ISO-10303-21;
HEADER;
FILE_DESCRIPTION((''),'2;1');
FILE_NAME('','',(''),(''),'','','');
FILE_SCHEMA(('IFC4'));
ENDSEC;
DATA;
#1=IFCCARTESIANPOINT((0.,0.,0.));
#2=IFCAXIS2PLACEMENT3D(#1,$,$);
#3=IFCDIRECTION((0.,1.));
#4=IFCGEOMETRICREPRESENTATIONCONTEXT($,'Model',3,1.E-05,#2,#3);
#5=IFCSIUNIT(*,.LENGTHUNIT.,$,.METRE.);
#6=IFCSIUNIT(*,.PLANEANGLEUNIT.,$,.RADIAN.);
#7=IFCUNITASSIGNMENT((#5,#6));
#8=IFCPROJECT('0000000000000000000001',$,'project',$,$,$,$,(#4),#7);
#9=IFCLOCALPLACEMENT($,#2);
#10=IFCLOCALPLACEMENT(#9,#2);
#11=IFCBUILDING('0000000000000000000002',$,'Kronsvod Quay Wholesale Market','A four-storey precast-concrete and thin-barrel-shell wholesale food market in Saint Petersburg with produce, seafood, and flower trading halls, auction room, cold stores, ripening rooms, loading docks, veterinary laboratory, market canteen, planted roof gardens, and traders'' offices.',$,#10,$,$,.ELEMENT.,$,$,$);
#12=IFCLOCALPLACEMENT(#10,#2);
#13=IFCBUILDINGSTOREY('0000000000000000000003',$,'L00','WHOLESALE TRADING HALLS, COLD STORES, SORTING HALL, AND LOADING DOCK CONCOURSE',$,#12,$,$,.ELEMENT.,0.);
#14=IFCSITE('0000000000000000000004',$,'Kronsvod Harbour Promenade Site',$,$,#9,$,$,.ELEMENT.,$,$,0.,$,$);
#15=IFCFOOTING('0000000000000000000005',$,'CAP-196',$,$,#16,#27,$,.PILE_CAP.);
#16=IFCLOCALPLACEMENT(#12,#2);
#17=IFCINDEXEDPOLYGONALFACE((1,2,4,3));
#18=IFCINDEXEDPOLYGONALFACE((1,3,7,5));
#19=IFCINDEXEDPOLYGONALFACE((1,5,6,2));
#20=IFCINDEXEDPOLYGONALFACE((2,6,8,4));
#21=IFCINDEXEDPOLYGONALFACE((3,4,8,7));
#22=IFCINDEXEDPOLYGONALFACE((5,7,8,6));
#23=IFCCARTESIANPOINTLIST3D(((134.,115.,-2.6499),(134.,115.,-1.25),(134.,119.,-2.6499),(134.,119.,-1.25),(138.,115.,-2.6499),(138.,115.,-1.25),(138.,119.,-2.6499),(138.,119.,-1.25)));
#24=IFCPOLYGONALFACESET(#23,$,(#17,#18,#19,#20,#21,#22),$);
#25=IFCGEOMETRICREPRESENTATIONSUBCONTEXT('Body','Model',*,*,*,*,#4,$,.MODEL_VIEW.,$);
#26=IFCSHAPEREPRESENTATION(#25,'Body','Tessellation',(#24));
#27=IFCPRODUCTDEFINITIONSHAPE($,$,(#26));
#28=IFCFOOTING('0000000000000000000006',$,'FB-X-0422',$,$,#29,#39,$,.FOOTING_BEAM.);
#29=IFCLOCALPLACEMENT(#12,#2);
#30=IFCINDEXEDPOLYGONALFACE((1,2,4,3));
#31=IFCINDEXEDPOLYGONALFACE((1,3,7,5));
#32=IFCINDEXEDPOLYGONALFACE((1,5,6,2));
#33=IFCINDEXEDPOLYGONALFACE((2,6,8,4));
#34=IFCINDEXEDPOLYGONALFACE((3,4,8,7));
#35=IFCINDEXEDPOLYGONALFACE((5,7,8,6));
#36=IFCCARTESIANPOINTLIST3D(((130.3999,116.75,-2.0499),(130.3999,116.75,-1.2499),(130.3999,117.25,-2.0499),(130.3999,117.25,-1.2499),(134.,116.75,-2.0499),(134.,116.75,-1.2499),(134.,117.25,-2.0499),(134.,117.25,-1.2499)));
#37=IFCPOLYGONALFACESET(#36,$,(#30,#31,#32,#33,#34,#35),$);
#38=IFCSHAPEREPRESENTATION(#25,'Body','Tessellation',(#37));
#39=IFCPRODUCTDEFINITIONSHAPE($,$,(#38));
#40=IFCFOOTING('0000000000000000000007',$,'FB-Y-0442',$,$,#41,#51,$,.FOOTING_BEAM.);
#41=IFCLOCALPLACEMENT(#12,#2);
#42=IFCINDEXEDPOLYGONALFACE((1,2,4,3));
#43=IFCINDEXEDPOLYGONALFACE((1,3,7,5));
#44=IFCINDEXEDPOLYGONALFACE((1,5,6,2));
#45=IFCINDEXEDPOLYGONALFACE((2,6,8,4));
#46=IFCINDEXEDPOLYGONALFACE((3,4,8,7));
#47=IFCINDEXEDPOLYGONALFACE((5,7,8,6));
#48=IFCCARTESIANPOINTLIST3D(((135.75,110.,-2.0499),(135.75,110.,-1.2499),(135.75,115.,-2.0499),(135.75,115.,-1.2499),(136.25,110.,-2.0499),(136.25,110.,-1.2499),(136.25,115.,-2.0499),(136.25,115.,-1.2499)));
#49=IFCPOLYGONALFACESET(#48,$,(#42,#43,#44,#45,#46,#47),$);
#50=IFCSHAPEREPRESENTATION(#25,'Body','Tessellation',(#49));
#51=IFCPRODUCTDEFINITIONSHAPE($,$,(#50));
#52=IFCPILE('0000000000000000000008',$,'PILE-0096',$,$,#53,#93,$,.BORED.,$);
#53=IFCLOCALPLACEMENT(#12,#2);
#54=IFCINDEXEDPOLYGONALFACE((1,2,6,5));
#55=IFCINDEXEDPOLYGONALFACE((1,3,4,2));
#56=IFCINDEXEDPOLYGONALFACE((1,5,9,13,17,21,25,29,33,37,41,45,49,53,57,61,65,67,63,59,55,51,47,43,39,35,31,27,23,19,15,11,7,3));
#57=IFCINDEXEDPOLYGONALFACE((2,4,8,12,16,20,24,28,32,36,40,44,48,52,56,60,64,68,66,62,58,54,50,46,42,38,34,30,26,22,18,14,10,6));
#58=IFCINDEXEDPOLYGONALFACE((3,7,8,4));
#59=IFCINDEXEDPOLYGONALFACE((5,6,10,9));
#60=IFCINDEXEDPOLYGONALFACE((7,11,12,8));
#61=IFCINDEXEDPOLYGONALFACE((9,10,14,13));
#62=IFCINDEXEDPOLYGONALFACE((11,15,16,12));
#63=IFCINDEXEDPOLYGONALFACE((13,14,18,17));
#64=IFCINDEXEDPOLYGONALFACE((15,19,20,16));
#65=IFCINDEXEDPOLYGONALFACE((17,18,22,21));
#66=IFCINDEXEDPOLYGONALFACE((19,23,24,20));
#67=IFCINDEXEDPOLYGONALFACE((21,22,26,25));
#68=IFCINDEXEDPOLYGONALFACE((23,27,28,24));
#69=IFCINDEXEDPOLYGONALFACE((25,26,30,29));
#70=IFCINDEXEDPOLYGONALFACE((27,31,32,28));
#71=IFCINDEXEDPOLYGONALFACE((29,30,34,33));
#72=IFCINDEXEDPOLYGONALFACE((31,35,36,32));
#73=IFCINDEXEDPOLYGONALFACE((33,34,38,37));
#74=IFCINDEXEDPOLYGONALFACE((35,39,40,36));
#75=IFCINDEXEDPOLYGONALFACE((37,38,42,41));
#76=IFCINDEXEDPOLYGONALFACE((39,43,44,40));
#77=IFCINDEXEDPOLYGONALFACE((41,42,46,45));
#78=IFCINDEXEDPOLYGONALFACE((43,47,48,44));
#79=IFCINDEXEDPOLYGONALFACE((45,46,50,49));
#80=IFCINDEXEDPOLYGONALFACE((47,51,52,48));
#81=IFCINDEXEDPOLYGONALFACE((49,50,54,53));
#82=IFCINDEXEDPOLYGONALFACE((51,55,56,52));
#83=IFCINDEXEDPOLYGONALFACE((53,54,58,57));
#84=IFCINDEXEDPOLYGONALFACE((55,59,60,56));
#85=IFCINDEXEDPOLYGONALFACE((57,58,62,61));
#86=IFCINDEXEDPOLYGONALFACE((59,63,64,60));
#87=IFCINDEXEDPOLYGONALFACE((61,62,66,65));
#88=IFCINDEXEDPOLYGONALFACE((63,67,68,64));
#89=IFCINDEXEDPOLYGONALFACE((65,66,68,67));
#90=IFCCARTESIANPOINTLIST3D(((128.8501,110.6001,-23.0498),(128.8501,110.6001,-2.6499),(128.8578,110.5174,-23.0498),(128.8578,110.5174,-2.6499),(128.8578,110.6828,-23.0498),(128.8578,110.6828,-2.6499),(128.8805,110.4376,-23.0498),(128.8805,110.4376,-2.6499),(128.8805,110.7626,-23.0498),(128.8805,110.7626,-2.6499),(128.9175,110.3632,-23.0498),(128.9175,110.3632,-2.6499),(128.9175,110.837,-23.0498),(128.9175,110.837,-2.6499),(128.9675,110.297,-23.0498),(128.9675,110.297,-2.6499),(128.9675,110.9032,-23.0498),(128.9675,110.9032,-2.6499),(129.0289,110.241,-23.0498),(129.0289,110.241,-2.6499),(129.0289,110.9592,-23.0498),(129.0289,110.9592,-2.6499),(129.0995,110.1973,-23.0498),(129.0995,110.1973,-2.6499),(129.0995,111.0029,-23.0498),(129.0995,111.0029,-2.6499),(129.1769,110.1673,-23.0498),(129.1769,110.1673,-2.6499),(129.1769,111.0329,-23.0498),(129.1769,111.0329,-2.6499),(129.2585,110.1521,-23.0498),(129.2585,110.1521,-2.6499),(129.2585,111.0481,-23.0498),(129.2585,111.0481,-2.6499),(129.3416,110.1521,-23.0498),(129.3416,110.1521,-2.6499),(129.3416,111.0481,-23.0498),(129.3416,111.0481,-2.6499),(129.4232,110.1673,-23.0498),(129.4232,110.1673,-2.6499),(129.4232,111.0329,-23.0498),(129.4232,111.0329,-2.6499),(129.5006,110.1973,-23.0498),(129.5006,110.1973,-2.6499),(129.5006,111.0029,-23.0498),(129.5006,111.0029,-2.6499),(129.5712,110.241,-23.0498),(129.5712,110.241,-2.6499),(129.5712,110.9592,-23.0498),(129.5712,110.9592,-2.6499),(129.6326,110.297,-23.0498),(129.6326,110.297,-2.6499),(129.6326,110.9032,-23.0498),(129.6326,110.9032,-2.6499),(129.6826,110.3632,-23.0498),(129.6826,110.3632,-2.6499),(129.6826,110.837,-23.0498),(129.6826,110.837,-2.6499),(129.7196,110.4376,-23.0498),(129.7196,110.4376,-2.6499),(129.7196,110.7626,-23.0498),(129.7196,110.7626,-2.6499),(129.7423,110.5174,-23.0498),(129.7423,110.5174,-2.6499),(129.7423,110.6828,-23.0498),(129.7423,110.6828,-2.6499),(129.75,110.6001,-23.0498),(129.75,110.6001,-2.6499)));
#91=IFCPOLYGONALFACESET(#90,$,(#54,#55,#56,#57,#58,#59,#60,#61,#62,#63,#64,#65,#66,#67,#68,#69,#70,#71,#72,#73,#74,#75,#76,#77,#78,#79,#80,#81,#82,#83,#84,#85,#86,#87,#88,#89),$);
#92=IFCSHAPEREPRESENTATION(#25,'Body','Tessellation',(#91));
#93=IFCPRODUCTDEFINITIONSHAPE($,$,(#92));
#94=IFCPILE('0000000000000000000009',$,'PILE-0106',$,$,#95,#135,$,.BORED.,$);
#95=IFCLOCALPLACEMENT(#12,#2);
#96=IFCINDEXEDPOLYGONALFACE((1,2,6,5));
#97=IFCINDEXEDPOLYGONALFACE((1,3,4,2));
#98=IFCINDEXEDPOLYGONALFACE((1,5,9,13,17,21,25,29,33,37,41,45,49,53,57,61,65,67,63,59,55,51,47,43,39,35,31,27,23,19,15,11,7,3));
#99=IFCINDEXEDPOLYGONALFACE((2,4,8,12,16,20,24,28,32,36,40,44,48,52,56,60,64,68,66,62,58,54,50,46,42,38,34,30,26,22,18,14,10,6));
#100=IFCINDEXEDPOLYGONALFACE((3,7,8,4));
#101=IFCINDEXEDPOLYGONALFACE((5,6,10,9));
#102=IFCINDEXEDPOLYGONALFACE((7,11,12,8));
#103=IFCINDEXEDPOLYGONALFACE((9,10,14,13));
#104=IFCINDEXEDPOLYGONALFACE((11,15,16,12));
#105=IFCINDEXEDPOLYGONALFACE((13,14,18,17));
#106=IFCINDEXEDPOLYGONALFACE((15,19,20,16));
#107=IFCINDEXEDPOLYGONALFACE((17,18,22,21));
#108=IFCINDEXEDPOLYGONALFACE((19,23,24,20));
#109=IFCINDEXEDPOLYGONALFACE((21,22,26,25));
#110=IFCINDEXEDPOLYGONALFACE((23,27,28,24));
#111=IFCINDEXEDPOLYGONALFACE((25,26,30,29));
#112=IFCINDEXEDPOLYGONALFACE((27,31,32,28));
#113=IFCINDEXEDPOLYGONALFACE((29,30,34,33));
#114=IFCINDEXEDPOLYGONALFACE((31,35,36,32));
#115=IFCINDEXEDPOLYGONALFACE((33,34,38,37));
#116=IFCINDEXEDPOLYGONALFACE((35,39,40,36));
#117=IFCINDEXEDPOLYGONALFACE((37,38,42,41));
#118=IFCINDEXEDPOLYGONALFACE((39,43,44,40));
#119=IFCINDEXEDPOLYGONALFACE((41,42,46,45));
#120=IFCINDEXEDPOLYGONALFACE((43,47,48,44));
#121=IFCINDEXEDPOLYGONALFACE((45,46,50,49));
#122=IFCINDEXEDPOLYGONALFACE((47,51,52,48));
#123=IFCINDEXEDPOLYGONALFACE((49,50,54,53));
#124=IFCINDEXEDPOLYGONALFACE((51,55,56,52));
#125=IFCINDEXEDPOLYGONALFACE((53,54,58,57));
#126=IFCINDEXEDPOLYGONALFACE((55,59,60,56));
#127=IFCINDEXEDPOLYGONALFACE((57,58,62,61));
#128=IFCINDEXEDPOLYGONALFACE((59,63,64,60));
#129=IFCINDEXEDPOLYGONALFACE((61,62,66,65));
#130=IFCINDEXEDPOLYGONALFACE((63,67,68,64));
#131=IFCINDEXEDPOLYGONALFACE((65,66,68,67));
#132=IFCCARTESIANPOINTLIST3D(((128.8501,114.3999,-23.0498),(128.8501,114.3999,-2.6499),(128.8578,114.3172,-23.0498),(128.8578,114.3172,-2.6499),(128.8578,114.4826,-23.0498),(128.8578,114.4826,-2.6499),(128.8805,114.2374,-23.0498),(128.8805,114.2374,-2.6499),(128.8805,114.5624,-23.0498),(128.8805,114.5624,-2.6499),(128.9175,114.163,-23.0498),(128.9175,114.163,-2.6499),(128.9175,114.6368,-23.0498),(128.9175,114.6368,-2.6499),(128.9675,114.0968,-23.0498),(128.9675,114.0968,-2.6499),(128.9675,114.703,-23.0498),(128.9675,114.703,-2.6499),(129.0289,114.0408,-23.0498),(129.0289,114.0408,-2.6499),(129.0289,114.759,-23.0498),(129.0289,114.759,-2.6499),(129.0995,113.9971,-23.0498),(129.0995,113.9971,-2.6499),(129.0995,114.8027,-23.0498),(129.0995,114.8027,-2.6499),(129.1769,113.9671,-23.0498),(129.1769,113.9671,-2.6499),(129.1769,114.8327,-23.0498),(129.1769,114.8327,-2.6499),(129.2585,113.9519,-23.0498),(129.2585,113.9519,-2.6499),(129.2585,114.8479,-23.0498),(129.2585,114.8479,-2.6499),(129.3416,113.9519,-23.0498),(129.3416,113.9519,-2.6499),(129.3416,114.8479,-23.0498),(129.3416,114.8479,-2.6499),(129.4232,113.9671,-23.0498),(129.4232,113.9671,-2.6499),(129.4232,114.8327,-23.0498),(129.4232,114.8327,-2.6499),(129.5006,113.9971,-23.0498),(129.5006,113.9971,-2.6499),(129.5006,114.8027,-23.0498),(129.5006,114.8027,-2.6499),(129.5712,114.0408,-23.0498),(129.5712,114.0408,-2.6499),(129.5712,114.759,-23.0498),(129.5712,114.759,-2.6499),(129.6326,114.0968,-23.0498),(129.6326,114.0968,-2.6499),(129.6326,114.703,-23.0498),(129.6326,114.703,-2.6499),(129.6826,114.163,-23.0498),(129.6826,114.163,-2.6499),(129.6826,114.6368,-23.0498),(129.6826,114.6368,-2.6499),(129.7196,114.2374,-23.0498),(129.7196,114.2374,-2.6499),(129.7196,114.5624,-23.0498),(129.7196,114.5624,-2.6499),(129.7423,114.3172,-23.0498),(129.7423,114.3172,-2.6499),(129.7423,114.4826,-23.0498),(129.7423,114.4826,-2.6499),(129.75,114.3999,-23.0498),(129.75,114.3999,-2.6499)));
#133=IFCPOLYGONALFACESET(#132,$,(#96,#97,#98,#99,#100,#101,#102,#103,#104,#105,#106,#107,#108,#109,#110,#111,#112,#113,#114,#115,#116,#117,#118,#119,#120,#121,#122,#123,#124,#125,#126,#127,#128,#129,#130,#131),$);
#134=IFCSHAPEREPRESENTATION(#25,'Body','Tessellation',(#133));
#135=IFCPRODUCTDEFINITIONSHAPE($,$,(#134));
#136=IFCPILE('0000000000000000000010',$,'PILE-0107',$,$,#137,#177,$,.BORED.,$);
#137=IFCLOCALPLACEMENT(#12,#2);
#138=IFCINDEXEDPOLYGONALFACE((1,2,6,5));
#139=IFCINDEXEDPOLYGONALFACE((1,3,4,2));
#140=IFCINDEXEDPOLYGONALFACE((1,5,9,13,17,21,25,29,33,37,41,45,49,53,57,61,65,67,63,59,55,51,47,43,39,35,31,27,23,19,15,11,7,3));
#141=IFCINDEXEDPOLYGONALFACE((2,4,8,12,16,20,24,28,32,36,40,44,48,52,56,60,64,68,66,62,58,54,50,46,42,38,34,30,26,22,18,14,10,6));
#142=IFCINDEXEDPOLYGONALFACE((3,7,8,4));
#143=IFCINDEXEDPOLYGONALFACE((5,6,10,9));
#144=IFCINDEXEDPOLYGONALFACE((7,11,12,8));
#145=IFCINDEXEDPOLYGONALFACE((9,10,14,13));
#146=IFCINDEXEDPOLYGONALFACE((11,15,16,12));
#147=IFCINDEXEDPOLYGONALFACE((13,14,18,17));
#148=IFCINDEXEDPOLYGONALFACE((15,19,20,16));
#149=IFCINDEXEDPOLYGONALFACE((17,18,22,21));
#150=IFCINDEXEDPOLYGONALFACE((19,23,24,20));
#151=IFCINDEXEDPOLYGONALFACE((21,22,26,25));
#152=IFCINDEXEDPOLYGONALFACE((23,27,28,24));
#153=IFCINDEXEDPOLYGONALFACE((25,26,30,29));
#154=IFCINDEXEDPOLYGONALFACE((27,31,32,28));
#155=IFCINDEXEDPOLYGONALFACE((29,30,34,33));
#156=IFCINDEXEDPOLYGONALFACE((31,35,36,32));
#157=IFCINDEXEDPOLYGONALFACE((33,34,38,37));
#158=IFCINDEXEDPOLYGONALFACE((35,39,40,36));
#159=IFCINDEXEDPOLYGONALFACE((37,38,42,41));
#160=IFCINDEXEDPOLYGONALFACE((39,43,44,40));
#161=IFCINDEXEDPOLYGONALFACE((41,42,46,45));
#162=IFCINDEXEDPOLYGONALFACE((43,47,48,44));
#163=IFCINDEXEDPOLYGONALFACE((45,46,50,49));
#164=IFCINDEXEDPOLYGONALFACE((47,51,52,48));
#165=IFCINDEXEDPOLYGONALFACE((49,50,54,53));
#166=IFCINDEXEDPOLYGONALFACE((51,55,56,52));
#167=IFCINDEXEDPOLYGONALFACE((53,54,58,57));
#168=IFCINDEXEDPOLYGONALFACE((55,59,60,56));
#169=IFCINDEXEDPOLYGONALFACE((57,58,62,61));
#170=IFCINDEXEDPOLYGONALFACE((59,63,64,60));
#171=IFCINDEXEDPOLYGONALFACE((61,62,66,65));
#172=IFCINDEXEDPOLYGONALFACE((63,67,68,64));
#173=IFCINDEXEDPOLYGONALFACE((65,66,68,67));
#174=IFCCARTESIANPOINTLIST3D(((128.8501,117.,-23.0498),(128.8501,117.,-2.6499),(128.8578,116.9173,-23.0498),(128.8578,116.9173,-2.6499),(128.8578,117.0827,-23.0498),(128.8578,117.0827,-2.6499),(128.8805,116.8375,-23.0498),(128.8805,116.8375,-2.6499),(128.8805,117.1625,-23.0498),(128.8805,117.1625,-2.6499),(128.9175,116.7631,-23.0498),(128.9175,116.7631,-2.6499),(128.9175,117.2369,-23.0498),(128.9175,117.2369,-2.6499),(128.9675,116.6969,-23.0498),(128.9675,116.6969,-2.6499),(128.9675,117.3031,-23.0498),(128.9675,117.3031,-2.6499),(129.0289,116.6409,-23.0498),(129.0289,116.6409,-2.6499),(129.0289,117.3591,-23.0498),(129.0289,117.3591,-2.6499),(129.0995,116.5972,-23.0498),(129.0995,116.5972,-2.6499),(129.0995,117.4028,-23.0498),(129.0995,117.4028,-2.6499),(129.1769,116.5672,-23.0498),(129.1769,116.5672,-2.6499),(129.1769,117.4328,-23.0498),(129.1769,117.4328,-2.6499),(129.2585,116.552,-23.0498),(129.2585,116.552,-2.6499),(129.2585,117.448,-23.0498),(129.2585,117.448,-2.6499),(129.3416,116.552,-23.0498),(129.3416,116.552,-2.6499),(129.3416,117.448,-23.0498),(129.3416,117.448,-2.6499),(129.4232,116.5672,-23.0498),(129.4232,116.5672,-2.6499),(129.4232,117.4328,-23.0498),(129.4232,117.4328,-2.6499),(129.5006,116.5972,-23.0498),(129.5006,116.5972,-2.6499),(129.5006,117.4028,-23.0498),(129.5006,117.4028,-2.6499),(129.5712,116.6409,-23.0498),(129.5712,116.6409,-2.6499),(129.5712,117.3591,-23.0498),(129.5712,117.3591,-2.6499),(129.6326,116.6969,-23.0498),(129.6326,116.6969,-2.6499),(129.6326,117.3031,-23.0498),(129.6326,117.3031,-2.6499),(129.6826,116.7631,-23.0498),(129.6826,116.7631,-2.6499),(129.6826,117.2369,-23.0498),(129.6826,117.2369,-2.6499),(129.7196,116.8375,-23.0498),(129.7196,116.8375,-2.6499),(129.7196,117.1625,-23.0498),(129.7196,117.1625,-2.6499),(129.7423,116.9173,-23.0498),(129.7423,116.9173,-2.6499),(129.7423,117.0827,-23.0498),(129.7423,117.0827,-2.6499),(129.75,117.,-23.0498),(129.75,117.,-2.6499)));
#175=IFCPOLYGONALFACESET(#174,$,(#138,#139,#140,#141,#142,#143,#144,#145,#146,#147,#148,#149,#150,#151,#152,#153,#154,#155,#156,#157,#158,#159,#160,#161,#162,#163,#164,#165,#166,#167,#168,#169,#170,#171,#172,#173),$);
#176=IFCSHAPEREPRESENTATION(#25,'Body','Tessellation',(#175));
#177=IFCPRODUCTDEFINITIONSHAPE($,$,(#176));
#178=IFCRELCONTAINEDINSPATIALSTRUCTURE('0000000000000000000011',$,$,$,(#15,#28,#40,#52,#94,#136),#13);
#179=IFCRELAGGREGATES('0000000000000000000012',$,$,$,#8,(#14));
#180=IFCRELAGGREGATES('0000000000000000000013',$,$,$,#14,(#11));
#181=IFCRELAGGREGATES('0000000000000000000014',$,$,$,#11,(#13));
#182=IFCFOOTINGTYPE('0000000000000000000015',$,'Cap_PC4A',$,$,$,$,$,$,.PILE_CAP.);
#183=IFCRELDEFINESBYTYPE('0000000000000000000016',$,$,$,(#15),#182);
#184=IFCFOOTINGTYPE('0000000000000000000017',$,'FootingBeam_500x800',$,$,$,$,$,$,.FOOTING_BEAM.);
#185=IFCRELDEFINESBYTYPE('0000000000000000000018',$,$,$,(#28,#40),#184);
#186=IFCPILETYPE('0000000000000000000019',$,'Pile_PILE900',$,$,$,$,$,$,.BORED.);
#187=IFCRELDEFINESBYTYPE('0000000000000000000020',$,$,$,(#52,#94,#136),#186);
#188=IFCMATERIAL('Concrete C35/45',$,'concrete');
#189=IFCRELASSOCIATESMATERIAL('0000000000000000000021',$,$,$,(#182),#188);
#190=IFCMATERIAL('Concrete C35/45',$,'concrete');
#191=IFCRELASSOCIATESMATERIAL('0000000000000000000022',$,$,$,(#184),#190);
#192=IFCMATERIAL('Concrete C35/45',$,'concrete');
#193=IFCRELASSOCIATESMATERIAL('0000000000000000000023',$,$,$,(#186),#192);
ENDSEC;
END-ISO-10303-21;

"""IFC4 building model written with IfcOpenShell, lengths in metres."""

from ifc_helpers import new_model, si_unit, direction, frame, origin, origin_2d, place, context, subcontext, project, spatial, rectangle, circle, extrude, material, material_profile, profile_set, type_object, element, save


model = new_model("IFC4")

# Units and contexts
model_context = context("Model", 3, precision=1e-05, world=origin(), true_north=direction((0.0, 1.0)))
body_context = subcontext(model_context, "Body", "Model", "MODEL_VIEW")
ifc_project = project(units=[si_unit("LENGTHUNIT", "METRE"), si_unit("PLANEANGLEUNIT", "RADIAN")], contexts=[model_context])

# Site, building, storey
site_placement = place(None, origin())
site = spatial("IfcSite", under=ifc_project, at=site_placement, Name="Kronsvod Harbour Promenade Site", CompositionType="ELEMENT", RefElevation=0.0)
building_placement = place(site_placement, origin())
building = spatial("IfcBuilding", under=site, at=building_placement, Name="Kronsvod Quay Wholesale Market", Description="A four-storey precast-concrete and thin-barrel-shell wholesale food market in Saint Petersburg with produce, seafood, and flower trading halls, auction room, cold stores, ripening rooms, loading docks, veterinary laboratory, market canteen, planted roof gardens, and traders' offices.", CompositionType="ELEMENT")
storey_placement = place(building_placement, origin())
storey = spatial("IfcBuildingStorey", under=building, at=storey_placement, Name="L00", Description="WHOLESALE TRADING HALLS, COLD STORES, SORTING HALL, AND LOADING DOCK CONCOURSE", CompositionType="ELEMENT", Elevation=0.0)

# Footings
ifc_material_1 = material(Name="Concrete C35/45", Category="concrete")
footing_type_1 = type_object("IfcFootingType", Name="Cap_PC4A", PredefinedType="PILE_CAP", material=ifc_material_1)
footing_1_placement = place(storey_placement, frame((136.0, 117.0, -2.6499), z_axis=(0.0, 0.0, 1.0), x_axis=(1.0, 0.0, 0.0)))
element("IfcFooting", 1, at=footing_1_placement, inside=storey, type_object=footing_type_1, Name="CAP-196", PredefinedType="PILE_CAP", context=body_context, shape_type="SweptSolid", body=[
    extrude(rectangle(XDim=4.0, YDim=4.0, at=origin_2d()), origin(), (0.0, 0.0, 1.0), 1.3999),
])
ifc_material_2 = material(Name="Concrete C35/45", Category="concrete")
ifc_material_profile_1 = material_profile(ifc_material_2, rectangle(XDim=0.5, YDim=0.8, at=origin_2d()), Name="FB-01")
ifc_profile_set_1 = profile_set([ifc_material_profile_1], Name="Concrete C35/45")
footing_type_2 = type_object("IfcFootingType", Name="FootingBeam_500x800", PredefinedType="FOOTING_BEAM", material=ifc_profile_set_1)
footing_2_placement = place(storey_placement, frame((130.3999, 117.0, -1.6499), z_axis=(1.0, 0.0, 0.0), x_axis=(0.0, 1.0, 0.0)))
element("IfcFooting", 2, at=footing_2_placement, inside=storey, type_object=footing_type_2, Name="FB-X-0422", PredefinedType="FOOTING_BEAM", context=body_context, shape_type="SweptSolid", body=[
    extrude(rectangle(XDim=0.5, YDim=0.8, at=origin_2d()), origin(), (0.0, 0.0, 1.0), 3.6001),
])
footing_3_placement = place(storey_placement, frame((136.0, 110.0, -1.6499), z_axis=(0.0, 1.0, 0.0), x_axis=(-1.0, 0.0, 0.0)))
element("IfcFooting", 3, at=footing_3_placement, inside=storey, type_object=footing_type_2, Name="FB-Y-0442", PredefinedType="FOOTING_BEAM", context=body_context, shape_type="SweptSolid", body=[
    extrude(rectangle(XDim=0.5, YDim=0.8, at=origin_2d()), origin(), (0.0, 0.0, 1.0), 5.0),
])

# Piles
ifc_material_3 = material(Name="Concrete C35/45", Category="concrete")
ifc_material_profile_2 = material_profile(ifc_material_3, circle(Radius=0.45, at=origin_2d()), Name="PILE900")
ifc_profile_set_2 = profile_set([ifc_material_profile_2], Name="Concrete C35/45")
pile_type = type_object("IfcPileType", Name="Pile_PILE900", PredefinedType="BORED", material=ifc_profile_set_2)
for number, where, z_axis, x_axis, name in (
    (4, (129.3, 110.6001, -2.6499), (0.0, 0.0, -1.0), (1.0, 0.0, 0.0), "PILE-0096"),
    (5, (129.3, 114.3999, -2.6499), (0.0, 0.0, -1.0), (1.0, 0.0, 0.0), "PILE-0106"),
    (6, (129.3, 117.0, -2.6499), (0.0, 0.0, -1.0), (1.0, 0.0, 0.0), "PILE-0107"),
):
    element("IfcPile", number, at=place(storey_placement, frame(where, z_axis=z_axis, x_axis=x_axis)), inside=storey, type_object=pile_type, Name=name, PredefinedType="BORED", context=body_context, shape_type="SweptSolid", body=[
        extrude(circle(Radius=0.45, at=origin_2d()), origin(), (0.0, 0.0, 1.0), 20.3999),
    ])

save(model, "model.ifc")
